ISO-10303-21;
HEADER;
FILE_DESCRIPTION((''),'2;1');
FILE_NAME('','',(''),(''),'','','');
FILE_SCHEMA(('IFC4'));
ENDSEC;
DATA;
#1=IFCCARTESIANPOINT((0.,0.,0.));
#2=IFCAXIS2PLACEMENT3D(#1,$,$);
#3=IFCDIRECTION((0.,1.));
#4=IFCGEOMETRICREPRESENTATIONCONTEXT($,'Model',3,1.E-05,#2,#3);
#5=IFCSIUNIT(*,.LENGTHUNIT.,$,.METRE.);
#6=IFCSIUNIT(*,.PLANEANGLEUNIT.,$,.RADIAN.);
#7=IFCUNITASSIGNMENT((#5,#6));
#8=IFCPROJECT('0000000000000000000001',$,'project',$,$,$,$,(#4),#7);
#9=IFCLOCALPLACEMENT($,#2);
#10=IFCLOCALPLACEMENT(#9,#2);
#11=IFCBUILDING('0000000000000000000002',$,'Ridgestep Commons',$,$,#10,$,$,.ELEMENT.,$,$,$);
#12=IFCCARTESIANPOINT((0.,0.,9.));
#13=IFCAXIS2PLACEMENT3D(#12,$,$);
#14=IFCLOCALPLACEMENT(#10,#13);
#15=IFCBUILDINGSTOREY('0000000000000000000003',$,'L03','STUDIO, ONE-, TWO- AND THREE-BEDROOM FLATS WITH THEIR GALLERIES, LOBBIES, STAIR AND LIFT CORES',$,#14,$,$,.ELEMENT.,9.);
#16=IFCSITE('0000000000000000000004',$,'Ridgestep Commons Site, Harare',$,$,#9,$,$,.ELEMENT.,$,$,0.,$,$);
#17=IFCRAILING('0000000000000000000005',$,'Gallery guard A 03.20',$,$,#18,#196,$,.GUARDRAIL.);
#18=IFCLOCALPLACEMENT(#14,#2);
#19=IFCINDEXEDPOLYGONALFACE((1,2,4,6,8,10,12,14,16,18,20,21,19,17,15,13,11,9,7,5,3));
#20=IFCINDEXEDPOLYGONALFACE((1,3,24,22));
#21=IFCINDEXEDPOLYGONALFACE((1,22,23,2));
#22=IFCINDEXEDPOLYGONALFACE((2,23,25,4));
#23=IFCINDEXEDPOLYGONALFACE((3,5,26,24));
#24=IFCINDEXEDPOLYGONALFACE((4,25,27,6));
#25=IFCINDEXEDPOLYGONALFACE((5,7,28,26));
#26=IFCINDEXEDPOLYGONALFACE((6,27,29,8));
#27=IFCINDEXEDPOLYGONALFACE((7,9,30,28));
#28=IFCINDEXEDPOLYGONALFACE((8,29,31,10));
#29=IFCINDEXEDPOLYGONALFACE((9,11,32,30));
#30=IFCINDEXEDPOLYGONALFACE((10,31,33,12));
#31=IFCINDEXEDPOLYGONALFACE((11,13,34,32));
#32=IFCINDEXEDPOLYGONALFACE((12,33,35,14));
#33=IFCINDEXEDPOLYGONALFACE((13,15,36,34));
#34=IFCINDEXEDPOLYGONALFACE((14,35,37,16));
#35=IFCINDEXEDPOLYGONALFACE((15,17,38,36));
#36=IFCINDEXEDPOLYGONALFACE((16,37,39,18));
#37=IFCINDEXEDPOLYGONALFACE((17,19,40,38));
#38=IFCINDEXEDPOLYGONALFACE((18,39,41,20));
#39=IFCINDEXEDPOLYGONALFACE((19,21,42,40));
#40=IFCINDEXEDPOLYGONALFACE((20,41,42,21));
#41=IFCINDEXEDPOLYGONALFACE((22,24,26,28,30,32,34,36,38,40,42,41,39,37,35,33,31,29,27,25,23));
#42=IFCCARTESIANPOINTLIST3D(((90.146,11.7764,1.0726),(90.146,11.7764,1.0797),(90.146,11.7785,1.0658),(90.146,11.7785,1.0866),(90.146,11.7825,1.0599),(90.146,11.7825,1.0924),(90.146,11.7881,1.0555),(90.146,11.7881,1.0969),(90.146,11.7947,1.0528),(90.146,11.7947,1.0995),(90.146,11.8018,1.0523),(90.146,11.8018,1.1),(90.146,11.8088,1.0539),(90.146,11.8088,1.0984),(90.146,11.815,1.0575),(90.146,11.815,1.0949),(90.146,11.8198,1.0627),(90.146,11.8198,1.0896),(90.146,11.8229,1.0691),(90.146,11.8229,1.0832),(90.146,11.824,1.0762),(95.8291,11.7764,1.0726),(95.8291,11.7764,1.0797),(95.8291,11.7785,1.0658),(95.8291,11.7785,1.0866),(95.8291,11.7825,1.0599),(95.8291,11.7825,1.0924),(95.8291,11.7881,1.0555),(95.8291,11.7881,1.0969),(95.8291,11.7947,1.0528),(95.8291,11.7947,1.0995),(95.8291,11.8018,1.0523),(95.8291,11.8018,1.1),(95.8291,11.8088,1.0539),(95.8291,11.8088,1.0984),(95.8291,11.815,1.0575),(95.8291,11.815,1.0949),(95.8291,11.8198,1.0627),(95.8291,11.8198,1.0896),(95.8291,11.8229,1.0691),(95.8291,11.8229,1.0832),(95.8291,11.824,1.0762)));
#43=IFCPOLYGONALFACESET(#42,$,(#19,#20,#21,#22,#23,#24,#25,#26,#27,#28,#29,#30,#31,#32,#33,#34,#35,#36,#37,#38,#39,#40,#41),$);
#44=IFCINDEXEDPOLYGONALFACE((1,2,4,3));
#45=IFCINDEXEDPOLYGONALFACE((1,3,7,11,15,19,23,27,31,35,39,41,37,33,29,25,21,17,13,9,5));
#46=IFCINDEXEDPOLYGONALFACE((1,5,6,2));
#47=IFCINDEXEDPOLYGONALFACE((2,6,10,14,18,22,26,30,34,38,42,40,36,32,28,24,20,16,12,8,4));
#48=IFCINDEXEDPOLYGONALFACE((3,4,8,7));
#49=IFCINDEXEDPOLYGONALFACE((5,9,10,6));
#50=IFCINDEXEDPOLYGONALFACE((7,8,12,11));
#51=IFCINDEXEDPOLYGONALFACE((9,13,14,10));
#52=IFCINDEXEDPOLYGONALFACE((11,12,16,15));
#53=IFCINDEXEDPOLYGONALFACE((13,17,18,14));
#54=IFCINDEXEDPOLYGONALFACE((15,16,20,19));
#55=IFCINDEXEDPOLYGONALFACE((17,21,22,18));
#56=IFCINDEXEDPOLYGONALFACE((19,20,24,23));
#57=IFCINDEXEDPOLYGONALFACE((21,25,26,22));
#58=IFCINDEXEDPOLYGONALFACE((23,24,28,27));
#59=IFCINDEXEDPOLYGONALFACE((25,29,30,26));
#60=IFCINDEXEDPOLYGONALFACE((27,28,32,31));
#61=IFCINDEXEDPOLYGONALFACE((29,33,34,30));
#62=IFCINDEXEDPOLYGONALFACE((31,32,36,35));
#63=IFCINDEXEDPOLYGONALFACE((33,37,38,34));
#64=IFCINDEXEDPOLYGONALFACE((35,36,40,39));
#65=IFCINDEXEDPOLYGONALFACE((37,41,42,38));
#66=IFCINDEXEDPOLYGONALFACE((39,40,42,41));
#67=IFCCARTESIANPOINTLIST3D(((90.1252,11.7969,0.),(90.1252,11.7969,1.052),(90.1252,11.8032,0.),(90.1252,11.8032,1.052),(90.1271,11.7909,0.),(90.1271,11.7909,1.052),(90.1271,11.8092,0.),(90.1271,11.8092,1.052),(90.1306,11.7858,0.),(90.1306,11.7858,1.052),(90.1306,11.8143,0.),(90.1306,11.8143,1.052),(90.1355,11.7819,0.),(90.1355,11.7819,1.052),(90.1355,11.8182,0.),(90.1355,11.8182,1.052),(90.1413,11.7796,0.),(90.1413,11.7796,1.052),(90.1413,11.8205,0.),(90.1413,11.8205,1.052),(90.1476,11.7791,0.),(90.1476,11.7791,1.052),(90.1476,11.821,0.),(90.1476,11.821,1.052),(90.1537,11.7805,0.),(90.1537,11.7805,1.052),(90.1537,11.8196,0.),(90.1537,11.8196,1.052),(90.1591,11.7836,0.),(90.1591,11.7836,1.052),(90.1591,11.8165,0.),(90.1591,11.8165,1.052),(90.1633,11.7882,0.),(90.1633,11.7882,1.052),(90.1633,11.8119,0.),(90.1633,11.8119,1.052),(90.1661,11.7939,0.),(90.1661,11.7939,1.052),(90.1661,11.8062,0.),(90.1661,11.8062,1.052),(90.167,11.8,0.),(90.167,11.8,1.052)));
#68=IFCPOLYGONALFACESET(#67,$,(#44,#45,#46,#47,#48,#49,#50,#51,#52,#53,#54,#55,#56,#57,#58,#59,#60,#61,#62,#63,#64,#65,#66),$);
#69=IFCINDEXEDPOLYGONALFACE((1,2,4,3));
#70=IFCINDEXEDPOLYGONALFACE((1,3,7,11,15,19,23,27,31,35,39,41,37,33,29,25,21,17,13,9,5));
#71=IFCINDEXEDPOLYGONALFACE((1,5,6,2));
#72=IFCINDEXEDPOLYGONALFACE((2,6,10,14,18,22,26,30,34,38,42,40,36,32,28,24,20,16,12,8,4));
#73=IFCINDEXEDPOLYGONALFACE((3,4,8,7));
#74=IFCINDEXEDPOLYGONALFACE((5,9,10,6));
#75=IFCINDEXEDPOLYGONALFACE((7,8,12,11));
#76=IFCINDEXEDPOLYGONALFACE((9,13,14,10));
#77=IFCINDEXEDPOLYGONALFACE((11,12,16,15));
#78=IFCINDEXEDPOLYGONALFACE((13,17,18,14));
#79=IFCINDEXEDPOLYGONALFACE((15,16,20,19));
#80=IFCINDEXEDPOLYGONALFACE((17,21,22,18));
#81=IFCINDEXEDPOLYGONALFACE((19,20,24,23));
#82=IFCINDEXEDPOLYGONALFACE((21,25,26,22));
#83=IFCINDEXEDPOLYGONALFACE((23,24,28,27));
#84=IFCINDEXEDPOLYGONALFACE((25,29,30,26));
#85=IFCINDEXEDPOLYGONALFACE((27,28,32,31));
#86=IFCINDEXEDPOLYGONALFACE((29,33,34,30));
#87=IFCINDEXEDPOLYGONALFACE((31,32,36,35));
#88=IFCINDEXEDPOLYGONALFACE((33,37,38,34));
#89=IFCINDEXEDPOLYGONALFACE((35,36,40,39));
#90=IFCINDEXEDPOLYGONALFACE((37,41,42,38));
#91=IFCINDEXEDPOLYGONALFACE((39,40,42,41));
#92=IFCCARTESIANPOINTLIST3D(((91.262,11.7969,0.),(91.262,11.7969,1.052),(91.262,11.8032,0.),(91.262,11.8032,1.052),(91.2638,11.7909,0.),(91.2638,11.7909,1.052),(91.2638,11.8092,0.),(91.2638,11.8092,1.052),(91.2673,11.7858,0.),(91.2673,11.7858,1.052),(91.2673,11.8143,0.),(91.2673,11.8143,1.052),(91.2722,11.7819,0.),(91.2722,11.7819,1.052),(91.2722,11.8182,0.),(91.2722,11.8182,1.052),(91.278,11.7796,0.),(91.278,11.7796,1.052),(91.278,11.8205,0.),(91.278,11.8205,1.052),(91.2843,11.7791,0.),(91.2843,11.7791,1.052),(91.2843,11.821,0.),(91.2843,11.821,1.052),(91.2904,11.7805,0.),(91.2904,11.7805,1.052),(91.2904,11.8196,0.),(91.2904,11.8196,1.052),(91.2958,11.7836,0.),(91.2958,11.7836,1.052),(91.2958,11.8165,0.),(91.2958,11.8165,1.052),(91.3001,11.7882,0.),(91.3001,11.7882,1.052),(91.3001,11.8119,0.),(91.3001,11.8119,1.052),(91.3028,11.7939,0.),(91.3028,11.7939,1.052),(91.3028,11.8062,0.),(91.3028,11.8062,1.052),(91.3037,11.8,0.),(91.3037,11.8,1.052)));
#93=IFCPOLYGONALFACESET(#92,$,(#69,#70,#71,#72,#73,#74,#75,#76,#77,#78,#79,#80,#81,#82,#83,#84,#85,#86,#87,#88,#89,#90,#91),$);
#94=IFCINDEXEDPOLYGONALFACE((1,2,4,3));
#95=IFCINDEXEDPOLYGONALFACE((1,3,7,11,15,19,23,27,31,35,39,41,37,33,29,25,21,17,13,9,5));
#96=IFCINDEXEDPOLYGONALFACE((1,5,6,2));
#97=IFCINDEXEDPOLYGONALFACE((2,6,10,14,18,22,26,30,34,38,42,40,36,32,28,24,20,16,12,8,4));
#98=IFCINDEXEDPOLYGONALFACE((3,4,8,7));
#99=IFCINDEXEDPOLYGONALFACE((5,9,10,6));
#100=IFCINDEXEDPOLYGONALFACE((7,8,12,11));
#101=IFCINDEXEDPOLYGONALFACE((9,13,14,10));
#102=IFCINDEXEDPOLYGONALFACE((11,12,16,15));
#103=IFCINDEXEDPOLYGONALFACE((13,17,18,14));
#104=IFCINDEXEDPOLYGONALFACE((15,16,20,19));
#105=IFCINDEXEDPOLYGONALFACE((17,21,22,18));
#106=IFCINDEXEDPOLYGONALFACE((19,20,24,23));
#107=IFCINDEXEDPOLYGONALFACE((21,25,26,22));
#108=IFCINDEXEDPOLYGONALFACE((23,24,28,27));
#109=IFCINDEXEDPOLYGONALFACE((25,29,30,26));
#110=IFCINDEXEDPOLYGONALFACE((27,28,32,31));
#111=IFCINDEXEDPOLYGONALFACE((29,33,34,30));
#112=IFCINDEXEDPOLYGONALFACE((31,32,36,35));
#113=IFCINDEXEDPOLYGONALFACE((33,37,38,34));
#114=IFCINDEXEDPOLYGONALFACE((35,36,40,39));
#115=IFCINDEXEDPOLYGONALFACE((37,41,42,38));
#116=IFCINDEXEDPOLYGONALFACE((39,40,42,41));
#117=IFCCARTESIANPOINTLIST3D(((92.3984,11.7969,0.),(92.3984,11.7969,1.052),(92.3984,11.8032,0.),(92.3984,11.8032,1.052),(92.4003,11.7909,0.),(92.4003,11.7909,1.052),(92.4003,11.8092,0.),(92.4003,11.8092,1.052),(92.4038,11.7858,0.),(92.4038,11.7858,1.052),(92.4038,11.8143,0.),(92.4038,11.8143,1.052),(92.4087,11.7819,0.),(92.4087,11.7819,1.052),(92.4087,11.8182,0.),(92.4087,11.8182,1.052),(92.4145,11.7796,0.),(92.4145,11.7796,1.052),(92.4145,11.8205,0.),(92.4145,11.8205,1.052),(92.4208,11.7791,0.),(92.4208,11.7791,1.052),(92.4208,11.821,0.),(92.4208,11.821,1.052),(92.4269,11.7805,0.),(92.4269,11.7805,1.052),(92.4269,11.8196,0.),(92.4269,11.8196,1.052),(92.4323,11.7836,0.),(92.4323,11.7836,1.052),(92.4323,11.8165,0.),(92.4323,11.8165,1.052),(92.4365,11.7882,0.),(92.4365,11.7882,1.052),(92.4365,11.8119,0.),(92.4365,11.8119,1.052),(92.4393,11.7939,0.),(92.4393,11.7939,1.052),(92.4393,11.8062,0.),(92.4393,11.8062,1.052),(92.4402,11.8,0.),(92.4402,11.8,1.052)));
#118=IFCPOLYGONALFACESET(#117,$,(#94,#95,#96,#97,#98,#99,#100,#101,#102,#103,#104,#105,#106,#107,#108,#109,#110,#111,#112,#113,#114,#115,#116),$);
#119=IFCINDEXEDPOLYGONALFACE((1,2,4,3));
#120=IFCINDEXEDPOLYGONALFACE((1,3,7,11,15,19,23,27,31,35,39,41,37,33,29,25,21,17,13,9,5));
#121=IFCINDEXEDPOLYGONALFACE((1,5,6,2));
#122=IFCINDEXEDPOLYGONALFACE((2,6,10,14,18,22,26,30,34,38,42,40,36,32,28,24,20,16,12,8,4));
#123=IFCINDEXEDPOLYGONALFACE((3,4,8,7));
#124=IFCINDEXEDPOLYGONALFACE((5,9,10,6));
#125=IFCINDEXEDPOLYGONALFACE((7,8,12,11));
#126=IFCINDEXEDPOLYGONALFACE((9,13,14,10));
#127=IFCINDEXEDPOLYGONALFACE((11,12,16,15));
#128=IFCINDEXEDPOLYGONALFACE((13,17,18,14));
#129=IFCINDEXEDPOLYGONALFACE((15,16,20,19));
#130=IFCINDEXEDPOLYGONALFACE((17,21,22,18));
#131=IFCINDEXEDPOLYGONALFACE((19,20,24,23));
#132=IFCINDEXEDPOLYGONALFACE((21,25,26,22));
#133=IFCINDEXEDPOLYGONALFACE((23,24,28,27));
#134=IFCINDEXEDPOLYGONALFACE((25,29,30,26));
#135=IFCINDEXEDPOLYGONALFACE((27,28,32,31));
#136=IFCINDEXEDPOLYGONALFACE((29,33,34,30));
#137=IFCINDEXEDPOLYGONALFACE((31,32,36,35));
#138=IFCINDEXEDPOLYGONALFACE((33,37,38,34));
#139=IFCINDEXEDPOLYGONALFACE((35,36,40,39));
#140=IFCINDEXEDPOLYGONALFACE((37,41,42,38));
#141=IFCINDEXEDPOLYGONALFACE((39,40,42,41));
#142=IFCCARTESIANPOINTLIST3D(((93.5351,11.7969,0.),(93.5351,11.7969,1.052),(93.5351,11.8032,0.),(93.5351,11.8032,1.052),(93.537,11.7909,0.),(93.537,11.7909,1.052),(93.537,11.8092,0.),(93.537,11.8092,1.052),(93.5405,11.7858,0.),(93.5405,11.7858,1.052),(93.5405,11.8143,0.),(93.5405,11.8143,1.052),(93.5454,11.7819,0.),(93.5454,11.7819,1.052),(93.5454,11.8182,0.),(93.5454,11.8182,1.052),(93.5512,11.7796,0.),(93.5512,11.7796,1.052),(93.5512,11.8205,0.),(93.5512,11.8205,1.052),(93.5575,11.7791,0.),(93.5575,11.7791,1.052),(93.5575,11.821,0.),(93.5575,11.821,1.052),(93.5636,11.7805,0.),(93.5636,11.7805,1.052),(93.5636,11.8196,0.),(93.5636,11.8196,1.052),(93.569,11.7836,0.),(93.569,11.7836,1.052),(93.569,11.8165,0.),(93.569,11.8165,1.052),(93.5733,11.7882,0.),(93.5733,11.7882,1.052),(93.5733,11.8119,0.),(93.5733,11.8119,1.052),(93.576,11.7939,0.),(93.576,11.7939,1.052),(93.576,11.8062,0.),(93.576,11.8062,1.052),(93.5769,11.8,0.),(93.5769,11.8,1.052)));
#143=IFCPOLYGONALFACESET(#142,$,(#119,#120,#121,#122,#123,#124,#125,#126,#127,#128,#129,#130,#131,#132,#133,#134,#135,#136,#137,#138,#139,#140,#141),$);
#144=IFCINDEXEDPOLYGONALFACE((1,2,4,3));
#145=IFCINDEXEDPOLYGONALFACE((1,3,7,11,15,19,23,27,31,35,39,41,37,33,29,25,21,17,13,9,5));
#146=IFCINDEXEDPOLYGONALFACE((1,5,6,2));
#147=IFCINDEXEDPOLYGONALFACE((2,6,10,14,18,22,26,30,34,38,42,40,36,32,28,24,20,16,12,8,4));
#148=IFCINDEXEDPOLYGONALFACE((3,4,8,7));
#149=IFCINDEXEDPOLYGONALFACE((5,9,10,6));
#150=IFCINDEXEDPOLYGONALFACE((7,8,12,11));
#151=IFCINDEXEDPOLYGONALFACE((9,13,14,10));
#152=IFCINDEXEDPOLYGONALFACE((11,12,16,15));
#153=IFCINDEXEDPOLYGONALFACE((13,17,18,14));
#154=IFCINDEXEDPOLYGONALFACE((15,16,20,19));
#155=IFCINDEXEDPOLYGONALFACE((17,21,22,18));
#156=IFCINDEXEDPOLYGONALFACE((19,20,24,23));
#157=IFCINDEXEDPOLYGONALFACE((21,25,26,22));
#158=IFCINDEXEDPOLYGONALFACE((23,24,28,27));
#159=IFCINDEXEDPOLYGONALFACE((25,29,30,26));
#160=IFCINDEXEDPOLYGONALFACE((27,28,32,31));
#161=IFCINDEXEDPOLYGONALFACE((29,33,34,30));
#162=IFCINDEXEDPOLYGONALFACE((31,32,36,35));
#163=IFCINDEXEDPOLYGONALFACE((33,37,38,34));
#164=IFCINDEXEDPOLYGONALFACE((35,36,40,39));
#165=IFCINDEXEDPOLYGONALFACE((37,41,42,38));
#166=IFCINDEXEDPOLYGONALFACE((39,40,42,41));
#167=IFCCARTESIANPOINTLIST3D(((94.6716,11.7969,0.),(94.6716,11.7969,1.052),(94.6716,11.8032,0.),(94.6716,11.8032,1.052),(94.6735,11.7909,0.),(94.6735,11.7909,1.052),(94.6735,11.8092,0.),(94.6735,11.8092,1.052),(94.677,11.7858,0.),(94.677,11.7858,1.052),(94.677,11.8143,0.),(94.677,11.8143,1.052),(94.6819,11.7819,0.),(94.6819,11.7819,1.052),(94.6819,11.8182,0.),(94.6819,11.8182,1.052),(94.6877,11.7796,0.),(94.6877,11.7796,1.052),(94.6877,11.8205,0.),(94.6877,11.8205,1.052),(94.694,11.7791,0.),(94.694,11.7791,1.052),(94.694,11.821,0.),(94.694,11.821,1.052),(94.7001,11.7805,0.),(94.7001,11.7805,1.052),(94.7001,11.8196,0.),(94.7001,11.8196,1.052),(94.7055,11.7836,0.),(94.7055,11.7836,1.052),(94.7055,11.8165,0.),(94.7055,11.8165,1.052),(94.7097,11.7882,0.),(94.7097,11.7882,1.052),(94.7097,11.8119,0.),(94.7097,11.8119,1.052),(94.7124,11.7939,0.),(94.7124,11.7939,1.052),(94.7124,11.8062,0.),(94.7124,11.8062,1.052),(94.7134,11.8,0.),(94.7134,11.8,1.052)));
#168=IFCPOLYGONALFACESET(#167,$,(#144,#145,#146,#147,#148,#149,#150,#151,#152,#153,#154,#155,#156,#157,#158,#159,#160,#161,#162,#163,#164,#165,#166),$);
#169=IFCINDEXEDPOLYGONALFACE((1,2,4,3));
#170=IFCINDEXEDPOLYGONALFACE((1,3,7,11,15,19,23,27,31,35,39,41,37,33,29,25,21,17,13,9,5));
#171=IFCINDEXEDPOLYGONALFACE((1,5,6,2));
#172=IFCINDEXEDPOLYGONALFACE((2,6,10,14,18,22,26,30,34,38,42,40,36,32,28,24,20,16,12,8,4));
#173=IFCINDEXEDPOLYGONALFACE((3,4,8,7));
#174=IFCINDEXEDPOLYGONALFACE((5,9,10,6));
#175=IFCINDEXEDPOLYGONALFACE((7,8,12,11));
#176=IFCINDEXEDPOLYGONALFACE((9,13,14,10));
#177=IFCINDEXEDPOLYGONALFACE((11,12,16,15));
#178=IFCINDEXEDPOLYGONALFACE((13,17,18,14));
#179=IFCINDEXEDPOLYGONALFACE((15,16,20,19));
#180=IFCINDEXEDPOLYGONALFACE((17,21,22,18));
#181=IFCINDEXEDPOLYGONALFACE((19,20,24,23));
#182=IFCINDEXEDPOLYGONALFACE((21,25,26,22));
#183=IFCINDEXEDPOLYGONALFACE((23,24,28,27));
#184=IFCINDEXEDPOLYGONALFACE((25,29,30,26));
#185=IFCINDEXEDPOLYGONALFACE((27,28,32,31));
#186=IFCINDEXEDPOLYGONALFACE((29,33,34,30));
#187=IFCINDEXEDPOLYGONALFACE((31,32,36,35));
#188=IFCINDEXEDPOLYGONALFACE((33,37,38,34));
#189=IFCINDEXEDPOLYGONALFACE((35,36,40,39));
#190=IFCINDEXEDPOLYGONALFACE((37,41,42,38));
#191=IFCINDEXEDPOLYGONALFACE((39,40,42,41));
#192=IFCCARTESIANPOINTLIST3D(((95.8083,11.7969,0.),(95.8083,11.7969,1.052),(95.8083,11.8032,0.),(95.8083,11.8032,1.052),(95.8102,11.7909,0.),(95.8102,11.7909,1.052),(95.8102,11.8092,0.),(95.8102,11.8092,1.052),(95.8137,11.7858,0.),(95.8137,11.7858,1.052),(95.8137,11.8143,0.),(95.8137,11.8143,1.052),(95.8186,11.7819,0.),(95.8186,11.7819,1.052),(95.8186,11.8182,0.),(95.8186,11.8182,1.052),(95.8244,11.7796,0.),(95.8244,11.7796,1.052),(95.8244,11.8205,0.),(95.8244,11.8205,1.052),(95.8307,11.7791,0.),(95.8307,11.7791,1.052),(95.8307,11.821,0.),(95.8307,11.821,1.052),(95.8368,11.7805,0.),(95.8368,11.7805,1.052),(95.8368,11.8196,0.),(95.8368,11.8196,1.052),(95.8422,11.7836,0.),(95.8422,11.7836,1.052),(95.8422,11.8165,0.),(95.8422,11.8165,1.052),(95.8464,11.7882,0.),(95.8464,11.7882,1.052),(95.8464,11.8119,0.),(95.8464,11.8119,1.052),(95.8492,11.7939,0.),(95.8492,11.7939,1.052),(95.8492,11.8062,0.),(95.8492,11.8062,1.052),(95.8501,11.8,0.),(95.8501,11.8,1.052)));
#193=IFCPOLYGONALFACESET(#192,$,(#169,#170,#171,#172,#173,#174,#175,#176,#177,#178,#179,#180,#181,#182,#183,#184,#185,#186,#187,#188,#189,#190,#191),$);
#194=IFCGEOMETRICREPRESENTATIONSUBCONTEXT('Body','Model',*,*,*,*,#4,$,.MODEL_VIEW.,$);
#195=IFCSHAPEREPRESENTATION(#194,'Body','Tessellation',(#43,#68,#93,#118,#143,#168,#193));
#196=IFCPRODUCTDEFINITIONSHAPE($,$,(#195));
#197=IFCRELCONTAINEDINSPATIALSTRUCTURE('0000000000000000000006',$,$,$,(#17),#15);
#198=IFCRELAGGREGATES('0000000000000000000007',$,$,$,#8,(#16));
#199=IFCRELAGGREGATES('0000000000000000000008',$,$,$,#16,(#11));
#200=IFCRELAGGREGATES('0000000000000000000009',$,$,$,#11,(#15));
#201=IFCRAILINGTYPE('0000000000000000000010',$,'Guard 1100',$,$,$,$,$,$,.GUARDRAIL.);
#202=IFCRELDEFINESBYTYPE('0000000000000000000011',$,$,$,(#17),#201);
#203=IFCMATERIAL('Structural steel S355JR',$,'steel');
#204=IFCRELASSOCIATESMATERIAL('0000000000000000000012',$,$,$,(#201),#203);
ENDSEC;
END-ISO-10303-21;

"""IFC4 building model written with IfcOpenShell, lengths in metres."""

from ifc_helpers import new_model, si_unit, direction, frame, origin, origin_2d, place, context, subcontext, project, spatial, circle, extrude, material, type_object, element, save


model = new_model("IFC4")

# Units and contexts
model_context = context("Model", 3, precision=1e-05, world=origin(), true_north=direction((0.0, 1.0)))
body_context = subcontext(model_context, "Body", "Model", "MODEL_VIEW")
ifc_project = project(units=[si_unit("LENGTHUNIT", "METRE"), si_unit("PLANEANGLEUNIT", "RADIAN")], contexts=[model_context])

# Site, building, storey
site_placement = place(None, origin())
site = spatial("IfcSite", under=ifc_project, at=site_placement, Name="Ridgestep Commons Site, Harare", CompositionType="ELEMENT", RefElevation=0.0)
building_placement = place(site_placement, origin())
building = spatial("IfcBuilding", under=site, at=building_placement, Name="Ridgestep Commons", CompositionType="ELEMENT")
storey_placement = place(building_placement, frame((0.0, 0.0, 9.0)))
storey = spatial("IfcBuildingStorey", under=building, at=storey_placement, Name="L03", Description="STUDIO, ONE-, TWO- AND THREE-BEDROOM FLATS WITH THEIR GALLERIES, LOBBIES, STAIR AND LIFT CORES", CompositionType="ELEMENT", Elevation=9.0)

# Railing
ifc_material_1 = material(Name="Structural steel S355JR", Category="steel")
railing_type_1 = type_object("IfcRailingType", Name="Guard 1100", PredefinedType="GUARDRAIL", material=ifc_material_1)
railing_1_placement = place(storey_placement, frame((90.146, 11.8, 0.0)))
element("IfcRailing", 1, at=railing_1_placement, inside=storey, type_object=railing_type_1, Name="Gallery guard A 03.20", PredefinedType="GUARDRAIL", context=body_context, shape_type="SweptSolid", body=[
    extrude(circle(Radius=0.0239, at=origin_2d()), frame((0.0, 0.0, 1.0762), z_axis=(1.0, 0.0, 0.0), x_axis=(0.0, 1.0, 0.0)), (0.0, 0.0, 1.0), 5.6831),
    extrude(circle(Radius=0.021, at=origin_2d()), origin(), (0.0, 0.0, 1.0), 1.052),
    extrude(circle(Radius=0.021, at=origin_2d()), frame((1.1367, 0.0, 0.0)), (0.0, 0.0, 1.0), 1.052),
    extrude(circle(Radius=0.021, at=origin_2d()), frame((2.2732, 0.0, 0.0)), (0.0, 0.0, 1.0), 1.052),
    extrude(circle(Radius=0.021, at=origin_2d()), frame((3.4099, 0.0, 0.0)), (0.0, 0.0, 1.0), 1.052),
    extrude(circle(Radius=0.021, at=origin_2d()), frame((4.5464, 0.0, 0.0)), (0.0, 0.0, 1.0), 1.052),
    extrude(circle(Radius=0.021, at=origin_2d()), frame((5.6831, 0.0, 0.0)), (0.0, 0.0, 1.0), 1.052),
])

save(model, "model.ifc")
